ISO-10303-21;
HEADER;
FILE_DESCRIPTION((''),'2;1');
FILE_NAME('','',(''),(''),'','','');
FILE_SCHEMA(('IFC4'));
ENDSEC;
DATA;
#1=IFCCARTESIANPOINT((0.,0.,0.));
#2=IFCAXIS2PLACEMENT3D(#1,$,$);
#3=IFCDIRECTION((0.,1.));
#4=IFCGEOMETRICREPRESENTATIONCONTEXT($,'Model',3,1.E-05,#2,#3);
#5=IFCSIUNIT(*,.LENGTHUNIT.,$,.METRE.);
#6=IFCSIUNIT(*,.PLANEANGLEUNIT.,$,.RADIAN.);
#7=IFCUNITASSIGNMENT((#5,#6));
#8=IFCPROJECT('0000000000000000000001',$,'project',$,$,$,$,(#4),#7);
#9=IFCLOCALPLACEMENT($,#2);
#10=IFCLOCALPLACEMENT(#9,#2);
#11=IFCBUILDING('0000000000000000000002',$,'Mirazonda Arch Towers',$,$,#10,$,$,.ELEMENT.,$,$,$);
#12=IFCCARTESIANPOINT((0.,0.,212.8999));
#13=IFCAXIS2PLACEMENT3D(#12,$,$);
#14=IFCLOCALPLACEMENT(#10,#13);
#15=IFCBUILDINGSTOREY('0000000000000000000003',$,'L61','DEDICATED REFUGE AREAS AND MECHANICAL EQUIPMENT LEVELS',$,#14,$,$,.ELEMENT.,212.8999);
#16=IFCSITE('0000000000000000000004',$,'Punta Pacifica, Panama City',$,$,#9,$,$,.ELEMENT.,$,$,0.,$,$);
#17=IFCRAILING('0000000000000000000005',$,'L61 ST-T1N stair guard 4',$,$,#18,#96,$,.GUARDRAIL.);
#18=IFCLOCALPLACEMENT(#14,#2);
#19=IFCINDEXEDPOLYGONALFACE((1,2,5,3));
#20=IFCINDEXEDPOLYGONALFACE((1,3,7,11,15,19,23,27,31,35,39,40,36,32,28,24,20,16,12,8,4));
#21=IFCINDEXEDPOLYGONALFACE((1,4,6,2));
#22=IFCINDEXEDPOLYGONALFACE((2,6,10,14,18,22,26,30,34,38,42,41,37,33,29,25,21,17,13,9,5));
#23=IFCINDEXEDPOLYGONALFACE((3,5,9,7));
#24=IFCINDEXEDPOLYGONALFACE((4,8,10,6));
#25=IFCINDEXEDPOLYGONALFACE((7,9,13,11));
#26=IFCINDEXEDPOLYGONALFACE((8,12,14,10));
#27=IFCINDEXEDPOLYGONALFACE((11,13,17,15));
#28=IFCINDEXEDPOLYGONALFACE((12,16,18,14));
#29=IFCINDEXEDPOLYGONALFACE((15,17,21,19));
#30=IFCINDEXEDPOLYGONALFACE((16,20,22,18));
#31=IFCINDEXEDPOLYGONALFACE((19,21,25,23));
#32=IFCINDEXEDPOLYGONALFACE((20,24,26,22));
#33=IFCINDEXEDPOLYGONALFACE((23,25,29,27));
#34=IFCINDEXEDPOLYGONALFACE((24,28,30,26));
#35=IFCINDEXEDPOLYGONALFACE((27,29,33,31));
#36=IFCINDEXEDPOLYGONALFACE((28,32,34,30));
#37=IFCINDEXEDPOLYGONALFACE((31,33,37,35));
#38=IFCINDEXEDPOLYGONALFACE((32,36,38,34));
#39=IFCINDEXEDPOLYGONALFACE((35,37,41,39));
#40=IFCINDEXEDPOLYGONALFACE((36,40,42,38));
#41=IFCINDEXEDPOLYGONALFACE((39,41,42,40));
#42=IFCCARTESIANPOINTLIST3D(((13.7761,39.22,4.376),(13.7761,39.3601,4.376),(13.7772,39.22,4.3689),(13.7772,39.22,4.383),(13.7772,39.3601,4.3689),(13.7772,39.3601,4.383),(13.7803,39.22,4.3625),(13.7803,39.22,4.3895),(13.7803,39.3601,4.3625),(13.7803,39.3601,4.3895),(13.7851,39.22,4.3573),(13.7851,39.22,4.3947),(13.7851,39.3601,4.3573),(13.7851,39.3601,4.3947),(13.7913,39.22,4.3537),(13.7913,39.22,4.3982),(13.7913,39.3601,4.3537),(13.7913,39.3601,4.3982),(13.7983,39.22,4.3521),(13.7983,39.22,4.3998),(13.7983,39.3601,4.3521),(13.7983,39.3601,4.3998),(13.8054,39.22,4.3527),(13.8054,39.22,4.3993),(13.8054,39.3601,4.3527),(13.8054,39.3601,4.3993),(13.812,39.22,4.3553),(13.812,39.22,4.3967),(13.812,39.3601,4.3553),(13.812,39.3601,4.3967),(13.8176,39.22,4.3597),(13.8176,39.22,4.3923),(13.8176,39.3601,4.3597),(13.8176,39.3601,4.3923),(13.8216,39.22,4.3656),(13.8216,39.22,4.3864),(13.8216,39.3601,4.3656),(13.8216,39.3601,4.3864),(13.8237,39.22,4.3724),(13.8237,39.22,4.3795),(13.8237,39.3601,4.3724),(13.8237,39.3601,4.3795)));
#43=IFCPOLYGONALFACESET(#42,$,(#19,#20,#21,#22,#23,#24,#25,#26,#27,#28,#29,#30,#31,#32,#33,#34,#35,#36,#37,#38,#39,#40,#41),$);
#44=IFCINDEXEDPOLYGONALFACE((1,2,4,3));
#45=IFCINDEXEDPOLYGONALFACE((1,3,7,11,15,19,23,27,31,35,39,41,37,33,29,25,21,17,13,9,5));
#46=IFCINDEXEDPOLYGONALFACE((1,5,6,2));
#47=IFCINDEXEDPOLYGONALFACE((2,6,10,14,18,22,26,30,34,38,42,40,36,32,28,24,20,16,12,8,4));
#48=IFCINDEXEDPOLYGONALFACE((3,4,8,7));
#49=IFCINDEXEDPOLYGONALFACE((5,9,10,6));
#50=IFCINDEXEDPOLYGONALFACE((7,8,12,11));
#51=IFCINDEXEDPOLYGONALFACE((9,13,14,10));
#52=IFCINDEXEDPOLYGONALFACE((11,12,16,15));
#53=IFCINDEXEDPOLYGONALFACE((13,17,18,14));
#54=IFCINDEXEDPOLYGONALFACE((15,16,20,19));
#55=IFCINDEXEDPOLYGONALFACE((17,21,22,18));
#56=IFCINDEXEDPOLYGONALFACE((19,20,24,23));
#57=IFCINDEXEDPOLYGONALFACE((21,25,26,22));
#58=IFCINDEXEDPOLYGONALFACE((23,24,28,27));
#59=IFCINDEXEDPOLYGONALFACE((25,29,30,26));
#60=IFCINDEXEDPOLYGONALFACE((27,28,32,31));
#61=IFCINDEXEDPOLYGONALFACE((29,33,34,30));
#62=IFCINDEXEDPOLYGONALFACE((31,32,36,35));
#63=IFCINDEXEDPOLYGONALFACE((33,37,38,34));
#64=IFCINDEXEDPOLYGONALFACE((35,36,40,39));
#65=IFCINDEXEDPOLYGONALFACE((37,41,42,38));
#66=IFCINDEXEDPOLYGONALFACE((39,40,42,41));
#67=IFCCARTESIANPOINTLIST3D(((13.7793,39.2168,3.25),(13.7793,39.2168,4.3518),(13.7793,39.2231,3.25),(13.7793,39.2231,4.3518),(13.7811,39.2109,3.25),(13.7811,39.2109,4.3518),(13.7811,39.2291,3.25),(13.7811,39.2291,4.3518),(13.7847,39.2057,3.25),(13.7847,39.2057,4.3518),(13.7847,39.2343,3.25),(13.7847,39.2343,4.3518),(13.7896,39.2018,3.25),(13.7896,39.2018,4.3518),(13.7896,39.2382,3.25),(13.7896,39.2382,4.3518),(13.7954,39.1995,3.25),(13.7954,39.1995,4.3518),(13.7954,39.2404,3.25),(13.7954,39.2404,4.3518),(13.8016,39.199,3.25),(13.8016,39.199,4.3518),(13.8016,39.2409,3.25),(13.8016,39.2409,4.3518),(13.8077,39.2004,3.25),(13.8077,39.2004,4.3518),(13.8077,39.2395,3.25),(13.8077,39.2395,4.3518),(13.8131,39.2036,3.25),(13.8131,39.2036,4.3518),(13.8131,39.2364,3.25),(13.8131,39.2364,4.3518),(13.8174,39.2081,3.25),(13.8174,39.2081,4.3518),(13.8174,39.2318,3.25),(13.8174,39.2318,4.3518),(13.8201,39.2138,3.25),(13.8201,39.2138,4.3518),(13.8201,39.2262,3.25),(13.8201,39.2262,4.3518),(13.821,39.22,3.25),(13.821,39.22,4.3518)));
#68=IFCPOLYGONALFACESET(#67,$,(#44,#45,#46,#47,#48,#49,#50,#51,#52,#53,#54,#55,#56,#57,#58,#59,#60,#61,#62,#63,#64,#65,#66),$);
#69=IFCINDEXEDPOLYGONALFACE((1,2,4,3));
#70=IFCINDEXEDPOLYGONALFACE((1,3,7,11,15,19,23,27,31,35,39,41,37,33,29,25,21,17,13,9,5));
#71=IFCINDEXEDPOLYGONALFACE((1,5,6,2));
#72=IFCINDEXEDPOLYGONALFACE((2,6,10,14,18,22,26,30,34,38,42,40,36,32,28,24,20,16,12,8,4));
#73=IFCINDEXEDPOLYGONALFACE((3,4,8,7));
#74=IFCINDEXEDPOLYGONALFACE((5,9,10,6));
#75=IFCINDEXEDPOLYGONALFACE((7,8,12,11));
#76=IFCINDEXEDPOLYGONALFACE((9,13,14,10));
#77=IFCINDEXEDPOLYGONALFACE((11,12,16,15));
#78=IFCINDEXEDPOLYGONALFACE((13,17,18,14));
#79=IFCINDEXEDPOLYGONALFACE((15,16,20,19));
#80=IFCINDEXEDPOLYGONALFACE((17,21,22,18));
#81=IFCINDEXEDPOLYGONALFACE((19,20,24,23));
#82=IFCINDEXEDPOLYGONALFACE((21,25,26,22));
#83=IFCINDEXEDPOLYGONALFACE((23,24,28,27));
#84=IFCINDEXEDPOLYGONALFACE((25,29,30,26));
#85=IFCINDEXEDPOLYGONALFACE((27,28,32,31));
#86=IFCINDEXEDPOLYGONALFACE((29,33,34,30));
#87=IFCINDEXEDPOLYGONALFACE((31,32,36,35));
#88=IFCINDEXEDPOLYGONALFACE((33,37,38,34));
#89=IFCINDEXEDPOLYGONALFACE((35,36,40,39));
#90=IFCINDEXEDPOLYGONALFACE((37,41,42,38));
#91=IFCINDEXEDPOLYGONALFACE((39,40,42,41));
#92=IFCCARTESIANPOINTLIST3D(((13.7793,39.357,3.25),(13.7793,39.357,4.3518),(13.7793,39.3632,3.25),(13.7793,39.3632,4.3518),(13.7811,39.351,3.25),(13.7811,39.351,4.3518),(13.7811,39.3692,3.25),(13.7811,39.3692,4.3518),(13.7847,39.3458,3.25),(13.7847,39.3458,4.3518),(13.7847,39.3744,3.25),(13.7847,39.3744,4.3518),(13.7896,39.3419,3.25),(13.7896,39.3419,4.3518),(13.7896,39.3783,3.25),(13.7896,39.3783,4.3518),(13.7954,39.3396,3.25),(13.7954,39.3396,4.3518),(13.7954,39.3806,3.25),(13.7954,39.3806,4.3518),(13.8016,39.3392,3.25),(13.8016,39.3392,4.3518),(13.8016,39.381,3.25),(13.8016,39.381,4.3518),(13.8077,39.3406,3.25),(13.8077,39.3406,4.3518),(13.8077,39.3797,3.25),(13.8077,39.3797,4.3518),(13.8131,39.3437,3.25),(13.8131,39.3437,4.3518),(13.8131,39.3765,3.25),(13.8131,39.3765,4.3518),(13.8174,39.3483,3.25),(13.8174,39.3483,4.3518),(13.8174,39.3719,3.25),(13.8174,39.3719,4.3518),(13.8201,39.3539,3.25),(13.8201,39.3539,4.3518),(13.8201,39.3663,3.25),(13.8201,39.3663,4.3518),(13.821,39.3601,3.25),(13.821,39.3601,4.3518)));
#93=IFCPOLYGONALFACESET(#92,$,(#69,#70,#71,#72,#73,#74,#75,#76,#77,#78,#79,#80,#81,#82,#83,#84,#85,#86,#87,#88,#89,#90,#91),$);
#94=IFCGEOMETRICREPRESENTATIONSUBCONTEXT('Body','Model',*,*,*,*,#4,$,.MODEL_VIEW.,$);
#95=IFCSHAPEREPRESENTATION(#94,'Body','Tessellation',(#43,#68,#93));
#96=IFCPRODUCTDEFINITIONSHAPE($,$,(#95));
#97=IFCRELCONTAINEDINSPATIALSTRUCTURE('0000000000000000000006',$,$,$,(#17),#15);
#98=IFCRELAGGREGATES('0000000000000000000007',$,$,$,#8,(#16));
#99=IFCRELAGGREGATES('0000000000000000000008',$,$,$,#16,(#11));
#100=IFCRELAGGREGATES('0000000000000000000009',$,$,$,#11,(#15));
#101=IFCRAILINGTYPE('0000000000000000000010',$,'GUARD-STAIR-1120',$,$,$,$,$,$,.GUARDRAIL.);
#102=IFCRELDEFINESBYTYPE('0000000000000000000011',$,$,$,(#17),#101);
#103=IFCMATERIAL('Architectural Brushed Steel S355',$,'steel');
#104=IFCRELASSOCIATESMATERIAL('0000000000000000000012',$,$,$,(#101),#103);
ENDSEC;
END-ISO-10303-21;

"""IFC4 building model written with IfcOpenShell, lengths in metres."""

from ifc_helpers import new_model, si_unit, direction, frame, origin, origin_2d, place, context, subcontext, project, spatial, circle, extrude, material, type_object, element, save


model = new_model("IFC4")

# Units and contexts
model_context = context("Model", 3, precision=1e-05, world=origin(), true_north=direction((0.0, 1.0)))
body_context = subcontext(model_context, "Body", "Model", "MODEL_VIEW")
ifc_project = project(units=[si_unit("LENGTHUNIT", "METRE"), si_unit("PLANEANGLEUNIT", "RADIAN")], contexts=[model_context])

# Site, building, storey
site_placement = place(None, origin())
site = spatial("IfcSite", under=ifc_project, at=site_placement, Name="Punta Pacifica, Panama City", CompositionType="ELEMENT", RefElevation=0.0)
building_placement = place(site_placement, origin())
building = spatial("IfcBuilding", under=site, at=building_placement, Name="Mirazonda Arch Towers", CompositionType="ELEMENT")
storey_placement = place(building_placement, frame((0.0, 0.0, 212.8999)))
storey = spatial("IfcBuildingStorey", under=building, at=storey_placement, Name="L61", Description="DEDICATED REFUGE AREAS AND MECHANICAL EQUIPMENT LEVELS", CompositionType="ELEMENT", Elevation=212.8999)

# Railing
ifc_material_1 = material(Name="Architectural Brushed Steel S355", Category="steel")
railing_type_1 = type_object("IfcRailingType", Name="GUARD-STAIR-1120", PredefinedType="GUARDRAIL", material=ifc_material_1)
railing_1_placement = place(storey_placement, frame((13.8, 39.22, 3.25)))
element("IfcRailing", 1, at=railing_1_placement, inside=storey, type_object=railing_type_1, Name="L61 ST-T1N stair guard 4", PredefinedType="GUARDRAIL", context=body_context, shape_type="SweptSolid", body=[
    extrude(circle(Radius=0.0239, at=origin_2d()), frame((0.0, 0.0, 1.126), z_axis=(0.0, 1.0, 0.0), x_axis=(-1.0, 0.0, 0.0)), (0.0, 0.0, 1.0), 0.1401),
    extrude(circle(Radius=0.021, at=origin_2d()), origin(), (0.0, 0.0, 1.0), 1.1018),
    extrude(circle(Radius=0.021, at=origin_2d()), frame((0.0, 0.1401, 0.0)), (0.0, 0.0, 1.0), 1.1018),
])

save(model, "model.ifc")
